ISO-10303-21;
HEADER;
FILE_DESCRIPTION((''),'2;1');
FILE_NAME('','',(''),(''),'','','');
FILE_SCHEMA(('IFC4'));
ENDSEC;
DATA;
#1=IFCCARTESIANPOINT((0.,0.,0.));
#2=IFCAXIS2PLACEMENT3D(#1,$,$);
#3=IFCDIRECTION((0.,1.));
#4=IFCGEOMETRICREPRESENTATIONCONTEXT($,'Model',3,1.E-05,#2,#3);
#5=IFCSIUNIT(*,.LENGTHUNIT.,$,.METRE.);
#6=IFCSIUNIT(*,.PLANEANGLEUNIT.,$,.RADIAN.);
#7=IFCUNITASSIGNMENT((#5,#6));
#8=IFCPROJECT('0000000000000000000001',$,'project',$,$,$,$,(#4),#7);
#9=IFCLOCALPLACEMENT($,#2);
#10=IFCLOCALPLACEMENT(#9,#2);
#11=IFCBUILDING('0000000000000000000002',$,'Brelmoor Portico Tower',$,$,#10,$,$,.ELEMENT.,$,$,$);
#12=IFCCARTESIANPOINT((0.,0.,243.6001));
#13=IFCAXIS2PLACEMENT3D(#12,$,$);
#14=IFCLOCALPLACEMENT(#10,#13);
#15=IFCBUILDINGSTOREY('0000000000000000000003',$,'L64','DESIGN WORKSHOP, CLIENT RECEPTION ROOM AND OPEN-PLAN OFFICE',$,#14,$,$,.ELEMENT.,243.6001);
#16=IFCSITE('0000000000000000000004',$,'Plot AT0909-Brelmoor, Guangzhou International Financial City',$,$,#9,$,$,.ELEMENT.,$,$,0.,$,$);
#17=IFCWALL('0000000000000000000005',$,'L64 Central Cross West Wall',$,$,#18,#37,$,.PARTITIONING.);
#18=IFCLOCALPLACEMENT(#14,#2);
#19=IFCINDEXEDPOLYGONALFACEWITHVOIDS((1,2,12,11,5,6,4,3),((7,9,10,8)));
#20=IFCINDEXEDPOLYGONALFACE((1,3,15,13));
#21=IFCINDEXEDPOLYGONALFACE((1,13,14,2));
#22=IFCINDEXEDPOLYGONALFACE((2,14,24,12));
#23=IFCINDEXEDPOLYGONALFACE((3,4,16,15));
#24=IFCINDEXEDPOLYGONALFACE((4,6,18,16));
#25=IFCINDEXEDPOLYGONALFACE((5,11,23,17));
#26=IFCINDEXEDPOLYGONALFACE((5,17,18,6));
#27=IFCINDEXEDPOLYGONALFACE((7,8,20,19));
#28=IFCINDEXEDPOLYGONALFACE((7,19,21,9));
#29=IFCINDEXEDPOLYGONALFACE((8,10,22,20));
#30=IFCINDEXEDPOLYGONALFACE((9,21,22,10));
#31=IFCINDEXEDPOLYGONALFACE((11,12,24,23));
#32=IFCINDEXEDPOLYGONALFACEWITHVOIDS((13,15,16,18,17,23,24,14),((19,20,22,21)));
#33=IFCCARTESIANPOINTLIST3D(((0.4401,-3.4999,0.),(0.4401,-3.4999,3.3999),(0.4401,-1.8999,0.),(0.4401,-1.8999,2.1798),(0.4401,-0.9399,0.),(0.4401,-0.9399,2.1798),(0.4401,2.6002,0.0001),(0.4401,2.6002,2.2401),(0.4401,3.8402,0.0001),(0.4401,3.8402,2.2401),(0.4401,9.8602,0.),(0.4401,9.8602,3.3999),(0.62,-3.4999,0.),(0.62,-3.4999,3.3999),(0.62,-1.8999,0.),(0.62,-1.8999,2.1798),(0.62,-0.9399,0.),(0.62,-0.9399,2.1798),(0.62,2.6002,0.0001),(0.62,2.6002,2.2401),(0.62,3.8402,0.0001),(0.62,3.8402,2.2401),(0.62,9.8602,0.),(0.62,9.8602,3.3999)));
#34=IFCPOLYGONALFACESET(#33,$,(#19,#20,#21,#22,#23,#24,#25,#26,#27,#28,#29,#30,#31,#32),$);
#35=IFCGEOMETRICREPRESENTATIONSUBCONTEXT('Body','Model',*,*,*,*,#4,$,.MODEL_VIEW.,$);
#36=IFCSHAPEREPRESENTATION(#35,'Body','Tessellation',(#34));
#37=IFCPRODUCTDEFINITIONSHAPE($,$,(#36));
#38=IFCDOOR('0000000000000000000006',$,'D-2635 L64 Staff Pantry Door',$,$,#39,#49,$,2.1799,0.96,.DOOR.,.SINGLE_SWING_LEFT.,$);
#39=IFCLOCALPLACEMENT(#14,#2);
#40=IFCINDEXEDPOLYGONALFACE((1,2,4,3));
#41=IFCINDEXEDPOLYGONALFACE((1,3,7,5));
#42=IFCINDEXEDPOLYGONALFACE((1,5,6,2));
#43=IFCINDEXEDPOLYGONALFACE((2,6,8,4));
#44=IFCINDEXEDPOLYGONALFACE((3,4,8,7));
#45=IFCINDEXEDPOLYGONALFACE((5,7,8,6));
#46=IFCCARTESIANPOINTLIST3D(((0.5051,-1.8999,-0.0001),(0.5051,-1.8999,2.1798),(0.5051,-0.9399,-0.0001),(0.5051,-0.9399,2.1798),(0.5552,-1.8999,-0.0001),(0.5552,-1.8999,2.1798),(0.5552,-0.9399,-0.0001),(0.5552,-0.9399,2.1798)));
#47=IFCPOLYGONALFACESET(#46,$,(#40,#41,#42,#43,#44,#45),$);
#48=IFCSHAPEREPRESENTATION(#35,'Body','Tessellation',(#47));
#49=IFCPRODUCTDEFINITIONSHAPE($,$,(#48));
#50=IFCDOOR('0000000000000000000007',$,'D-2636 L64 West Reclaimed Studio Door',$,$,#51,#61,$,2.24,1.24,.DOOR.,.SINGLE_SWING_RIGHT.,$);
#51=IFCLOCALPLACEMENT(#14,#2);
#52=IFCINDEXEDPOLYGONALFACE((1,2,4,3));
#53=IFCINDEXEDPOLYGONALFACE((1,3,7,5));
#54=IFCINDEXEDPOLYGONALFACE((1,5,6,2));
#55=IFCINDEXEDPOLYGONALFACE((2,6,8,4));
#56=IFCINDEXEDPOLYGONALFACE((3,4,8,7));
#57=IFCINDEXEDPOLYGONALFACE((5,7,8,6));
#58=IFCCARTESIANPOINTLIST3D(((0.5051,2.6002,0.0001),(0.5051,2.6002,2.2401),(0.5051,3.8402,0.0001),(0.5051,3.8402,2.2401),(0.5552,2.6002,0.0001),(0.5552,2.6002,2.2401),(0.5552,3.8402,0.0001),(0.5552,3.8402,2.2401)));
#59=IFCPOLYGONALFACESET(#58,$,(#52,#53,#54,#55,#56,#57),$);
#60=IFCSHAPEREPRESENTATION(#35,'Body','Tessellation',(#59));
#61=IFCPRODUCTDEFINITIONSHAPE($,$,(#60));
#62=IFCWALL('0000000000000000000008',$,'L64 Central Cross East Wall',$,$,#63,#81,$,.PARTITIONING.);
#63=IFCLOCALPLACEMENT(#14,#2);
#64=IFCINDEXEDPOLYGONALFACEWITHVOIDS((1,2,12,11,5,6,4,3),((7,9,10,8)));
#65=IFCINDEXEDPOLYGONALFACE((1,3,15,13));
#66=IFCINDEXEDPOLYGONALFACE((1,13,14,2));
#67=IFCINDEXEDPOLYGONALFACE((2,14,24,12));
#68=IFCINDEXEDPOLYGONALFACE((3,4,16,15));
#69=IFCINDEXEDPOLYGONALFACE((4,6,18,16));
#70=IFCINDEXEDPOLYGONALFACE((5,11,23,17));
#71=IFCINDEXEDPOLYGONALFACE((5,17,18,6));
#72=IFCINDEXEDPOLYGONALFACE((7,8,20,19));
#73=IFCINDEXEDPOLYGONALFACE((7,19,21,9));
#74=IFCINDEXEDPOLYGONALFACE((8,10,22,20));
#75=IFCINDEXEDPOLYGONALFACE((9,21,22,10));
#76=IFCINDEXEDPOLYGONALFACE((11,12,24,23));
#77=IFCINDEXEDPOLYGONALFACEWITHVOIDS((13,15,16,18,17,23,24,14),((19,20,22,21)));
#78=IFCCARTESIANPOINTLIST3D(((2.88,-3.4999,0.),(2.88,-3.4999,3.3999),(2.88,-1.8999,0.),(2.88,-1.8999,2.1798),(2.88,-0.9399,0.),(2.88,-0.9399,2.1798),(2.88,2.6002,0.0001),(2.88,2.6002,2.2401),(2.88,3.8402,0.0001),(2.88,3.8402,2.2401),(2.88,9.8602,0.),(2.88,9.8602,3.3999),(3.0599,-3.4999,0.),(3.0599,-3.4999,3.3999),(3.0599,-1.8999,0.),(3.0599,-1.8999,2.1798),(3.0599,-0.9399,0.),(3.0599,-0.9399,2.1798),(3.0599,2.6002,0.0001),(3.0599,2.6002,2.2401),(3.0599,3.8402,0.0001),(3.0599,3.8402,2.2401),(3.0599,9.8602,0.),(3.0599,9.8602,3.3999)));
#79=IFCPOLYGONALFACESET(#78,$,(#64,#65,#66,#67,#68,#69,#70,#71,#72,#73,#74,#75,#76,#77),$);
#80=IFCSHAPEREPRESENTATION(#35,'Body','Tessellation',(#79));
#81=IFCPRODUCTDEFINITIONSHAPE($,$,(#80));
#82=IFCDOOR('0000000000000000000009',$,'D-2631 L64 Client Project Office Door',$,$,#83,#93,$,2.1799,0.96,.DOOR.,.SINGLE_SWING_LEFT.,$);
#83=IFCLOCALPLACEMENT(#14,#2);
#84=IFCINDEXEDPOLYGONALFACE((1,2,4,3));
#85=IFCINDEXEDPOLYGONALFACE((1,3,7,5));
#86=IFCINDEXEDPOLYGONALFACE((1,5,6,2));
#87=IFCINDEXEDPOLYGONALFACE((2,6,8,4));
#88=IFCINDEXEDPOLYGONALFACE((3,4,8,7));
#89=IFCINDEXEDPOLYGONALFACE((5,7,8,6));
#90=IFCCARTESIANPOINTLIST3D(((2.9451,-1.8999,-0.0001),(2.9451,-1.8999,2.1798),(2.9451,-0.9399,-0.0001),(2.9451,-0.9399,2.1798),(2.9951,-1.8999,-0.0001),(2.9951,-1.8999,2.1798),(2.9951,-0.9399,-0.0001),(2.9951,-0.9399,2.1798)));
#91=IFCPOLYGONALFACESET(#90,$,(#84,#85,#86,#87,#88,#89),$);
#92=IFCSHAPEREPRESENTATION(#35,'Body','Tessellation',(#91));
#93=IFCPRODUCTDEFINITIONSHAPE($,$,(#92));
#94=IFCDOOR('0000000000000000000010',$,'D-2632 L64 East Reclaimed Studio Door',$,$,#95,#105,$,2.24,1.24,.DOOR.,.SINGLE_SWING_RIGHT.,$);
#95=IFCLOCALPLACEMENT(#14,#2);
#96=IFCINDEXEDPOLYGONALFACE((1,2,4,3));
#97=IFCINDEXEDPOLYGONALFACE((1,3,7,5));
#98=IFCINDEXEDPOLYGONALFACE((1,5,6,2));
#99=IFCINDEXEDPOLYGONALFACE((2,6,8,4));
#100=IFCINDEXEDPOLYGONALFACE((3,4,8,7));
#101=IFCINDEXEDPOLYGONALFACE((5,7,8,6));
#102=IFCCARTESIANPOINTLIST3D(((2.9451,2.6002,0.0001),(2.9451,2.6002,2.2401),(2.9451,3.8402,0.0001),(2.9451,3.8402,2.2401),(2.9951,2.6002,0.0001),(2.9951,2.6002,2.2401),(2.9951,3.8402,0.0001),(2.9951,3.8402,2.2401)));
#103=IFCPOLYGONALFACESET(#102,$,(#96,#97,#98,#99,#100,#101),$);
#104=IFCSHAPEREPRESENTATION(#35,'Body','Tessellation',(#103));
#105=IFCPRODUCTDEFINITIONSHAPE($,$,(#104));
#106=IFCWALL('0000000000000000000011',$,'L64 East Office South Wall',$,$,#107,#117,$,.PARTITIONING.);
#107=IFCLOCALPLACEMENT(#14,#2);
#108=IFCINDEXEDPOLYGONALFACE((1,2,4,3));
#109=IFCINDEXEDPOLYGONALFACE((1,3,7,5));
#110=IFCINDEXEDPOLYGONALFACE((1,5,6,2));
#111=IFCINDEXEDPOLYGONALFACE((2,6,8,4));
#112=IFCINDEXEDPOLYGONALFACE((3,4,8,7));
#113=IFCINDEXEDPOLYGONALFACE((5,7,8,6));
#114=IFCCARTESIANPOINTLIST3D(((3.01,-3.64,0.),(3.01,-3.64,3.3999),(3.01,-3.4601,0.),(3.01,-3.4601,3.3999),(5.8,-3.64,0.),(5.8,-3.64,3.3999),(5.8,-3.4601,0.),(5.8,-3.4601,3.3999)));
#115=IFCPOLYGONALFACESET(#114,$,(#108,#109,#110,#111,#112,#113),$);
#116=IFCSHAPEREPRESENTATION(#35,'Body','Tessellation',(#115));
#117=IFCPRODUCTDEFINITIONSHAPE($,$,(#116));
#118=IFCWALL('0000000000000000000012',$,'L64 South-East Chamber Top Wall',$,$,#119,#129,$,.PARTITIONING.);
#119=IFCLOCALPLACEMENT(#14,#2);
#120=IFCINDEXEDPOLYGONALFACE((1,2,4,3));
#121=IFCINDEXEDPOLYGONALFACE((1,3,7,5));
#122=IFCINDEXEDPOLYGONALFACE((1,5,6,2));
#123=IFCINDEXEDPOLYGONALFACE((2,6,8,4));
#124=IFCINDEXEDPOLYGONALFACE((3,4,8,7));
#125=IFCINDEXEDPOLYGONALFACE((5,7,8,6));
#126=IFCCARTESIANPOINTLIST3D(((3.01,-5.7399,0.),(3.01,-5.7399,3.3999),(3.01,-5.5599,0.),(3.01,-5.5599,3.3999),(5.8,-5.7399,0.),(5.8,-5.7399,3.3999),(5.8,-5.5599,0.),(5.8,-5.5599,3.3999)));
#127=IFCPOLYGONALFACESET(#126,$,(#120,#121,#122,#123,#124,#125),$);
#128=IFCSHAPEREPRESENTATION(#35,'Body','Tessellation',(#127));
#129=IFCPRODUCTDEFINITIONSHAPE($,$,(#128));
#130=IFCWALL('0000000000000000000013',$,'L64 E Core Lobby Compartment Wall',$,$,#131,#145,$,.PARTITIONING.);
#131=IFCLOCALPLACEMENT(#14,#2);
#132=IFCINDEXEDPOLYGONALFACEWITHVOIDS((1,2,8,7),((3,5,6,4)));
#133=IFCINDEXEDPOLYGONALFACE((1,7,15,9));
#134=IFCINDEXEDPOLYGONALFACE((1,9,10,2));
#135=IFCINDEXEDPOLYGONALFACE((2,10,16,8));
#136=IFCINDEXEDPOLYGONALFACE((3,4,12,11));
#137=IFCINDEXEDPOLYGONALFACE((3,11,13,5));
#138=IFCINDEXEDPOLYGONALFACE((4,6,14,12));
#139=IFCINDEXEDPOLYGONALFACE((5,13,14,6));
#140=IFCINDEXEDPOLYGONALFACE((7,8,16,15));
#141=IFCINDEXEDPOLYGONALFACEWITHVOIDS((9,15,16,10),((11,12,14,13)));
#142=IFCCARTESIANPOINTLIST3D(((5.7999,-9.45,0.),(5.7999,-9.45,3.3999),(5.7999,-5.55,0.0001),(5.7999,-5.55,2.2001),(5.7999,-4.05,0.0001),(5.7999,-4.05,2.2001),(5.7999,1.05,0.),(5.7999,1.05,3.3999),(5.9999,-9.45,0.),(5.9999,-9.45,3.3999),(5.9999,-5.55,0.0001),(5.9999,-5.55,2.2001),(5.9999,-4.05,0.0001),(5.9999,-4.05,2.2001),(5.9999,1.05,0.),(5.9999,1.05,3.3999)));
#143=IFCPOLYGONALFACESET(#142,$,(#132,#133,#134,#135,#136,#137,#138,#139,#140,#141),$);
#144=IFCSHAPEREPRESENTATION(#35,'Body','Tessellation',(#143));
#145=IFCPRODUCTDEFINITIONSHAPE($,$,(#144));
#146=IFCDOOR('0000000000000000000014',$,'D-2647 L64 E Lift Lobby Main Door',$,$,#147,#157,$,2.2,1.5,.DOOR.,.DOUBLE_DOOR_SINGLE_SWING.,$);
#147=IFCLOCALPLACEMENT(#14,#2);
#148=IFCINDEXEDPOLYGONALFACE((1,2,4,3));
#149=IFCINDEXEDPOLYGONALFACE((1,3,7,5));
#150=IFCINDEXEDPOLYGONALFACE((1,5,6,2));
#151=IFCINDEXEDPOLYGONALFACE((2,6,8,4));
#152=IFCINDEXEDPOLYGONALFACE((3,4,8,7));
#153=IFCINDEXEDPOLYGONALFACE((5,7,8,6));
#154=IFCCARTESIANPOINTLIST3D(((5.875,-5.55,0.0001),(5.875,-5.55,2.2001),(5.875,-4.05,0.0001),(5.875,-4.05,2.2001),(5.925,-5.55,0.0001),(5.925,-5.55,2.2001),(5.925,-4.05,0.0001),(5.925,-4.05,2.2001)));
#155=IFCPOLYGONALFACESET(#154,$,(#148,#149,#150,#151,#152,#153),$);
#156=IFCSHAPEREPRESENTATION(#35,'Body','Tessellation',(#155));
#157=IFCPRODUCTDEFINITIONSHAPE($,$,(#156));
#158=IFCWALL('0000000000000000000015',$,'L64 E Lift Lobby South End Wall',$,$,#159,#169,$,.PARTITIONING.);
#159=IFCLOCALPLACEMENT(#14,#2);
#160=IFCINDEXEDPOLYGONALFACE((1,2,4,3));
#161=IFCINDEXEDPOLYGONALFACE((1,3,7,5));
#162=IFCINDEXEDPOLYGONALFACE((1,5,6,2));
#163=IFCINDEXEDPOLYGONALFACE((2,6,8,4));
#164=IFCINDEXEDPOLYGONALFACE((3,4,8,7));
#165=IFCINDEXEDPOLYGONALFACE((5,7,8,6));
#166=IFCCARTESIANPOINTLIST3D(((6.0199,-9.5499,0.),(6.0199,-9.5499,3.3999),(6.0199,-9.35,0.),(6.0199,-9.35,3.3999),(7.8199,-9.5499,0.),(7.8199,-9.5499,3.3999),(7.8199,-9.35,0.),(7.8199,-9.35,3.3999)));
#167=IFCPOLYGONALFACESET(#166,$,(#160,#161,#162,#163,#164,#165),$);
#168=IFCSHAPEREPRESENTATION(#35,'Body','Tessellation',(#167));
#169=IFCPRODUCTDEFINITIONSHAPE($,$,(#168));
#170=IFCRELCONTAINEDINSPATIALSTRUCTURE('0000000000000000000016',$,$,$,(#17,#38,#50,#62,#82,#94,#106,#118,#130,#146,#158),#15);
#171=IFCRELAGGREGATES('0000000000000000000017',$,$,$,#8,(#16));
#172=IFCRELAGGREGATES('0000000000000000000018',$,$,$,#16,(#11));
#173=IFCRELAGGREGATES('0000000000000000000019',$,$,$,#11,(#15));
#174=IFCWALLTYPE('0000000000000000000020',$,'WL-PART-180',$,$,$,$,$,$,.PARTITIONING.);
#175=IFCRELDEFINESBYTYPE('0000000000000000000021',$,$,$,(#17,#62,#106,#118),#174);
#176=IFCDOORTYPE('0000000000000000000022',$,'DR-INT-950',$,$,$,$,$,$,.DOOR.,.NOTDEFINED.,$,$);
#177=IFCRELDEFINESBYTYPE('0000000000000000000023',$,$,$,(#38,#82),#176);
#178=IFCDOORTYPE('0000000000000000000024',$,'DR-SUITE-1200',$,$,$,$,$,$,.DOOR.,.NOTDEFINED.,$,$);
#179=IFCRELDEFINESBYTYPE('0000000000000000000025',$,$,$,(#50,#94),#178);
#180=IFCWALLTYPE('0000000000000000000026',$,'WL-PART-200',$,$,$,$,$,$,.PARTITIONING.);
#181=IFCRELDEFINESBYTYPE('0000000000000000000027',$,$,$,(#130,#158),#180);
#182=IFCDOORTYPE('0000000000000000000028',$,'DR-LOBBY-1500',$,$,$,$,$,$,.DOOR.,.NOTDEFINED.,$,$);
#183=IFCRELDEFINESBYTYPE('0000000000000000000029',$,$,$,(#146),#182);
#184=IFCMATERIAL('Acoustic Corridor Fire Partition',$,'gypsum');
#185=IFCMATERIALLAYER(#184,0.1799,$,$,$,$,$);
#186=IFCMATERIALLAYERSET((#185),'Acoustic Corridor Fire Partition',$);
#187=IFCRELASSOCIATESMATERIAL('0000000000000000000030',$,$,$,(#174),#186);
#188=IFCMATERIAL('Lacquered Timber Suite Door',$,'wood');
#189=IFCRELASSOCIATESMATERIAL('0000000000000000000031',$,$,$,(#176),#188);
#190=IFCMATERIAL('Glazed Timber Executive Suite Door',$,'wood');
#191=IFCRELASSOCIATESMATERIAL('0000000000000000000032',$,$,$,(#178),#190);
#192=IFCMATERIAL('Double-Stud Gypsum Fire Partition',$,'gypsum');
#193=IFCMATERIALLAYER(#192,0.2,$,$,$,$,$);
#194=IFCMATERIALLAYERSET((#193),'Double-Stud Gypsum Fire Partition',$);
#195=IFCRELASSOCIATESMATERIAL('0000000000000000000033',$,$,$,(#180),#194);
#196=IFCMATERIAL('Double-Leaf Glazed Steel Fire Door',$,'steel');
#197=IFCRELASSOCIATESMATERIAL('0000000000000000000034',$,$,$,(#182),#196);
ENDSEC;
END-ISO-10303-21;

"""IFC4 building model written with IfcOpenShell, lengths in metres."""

from ifc_helpers import new_model, si_unit, direction, frame, frame_2d, origin, place, context, subcontext, project, spatial, rectangle, extrude, material, layer, layer_set, type_object, element, fill, save


model = new_model("IFC4")

# Units and contexts
model_context = context("Model", 3, precision=1e-05, world=origin(), true_north=direction((0.0, 1.0)))
body_context = subcontext(model_context, "Body", "Model", "MODEL_VIEW")
ifc_project = project(units=[si_unit("LENGTHUNIT", "METRE"), si_unit("PLANEANGLEUNIT", "RADIAN")], contexts=[model_context])

# Site, building, storey
site_placement = place(None, origin())
site = spatial("IfcSite", under=ifc_project, at=site_placement, Name="Plot AT0909-Brelmoor, Guangzhou International Financial City", CompositionType="ELEMENT", RefElevation=0.0)
building_placement = place(site_placement, origin())
building = spatial("IfcBuilding", under=site, at=building_placement, Name="Brelmoor Portico Tower", CompositionType="ELEMENT")
storey_placement = place(building_placement, frame((0.0, 0.0, 243.6001)))
storey = spatial("IfcBuildingStorey", under=building, at=storey_placement, Name="L64", Description="DESIGN WORKSHOP, CLIENT RECEPTION ROOM AND OPEN-PLAN OFFICE", CompositionType="ELEMENT", Elevation=243.6001)

# Walls, openings, doors
ifc_material_1 = material(Name="Acoustic Corridor Fire Partition", Category="gypsum")
ifc_layer_1 = layer(ifc_material_1, 0.1799)
ifc_layer_set_1 = layer_set([ifc_layer_1], Name="Acoustic Corridor Fire Partition")
wall_type_1 = type_object("IfcWallType", Name="WL-PART-180", PredefinedType="PARTITIONING", material=ifc_layer_set_1)
wall_1_placement = place(storey_placement, frame((0.53, -3.5, 0.0), z_axis=(0.0, 0.0, 1.0), x_axis=(0.0, 1.0, 0.0)))
wall_1 = element("IfcWall", 1, at=wall_1_placement, inside=storey, type_object=wall_type_1, Name="L64 Central Cross West Wall", PredefinedType="PARTITIONING", context=body_context, shape_type="SweptSolid", body=[
    extrude(rectangle(XDim=13.3601, YDim=0.1799, at=frame_2d((6.6802, 0.0))), origin(), (0.0, 0.0, 1.0), 3.3999),
])
opening_1_placement = place(wall_1_placement, frame((6.1001, 0.0, 0.0)))
opening_1 = element("IfcOpeningElement", 2, at=opening_1_placement, cuts=wall_1, PredefinedType="OPENING", context=body_context, shape_type="SweptSolid", body=[
    extrude(rectangle(XDim=1.24, YDim=2.24, at=frame_2d((0.6201, 1.1201))), frame((0.0, 0.0999, 0.0), z_axis=(0.0, -1.0, 0.0), x_axis=(1.0, 0.0, 0.0)), (0.0, 0.0, 1.0), 0.2),
])
opening_2_placement = place(wall_1_placement, frame((1.6001, 0.0, 0.0)))
opening_2 = element("IfcOpeningElement", 3, at=opening_2_placement, cuts=wall_1, PredefinedType="OPENING", context=body_context, shape_type="SweptSolid", body=[
    extrude(rectangle(XDim=0.96, YDim=2.1799, at=frame_2d((0.48, 1.0898))), frame((0.0, 0.0999, 0.0), z_axis=(0.0, -1.0, 0.0), x_axis=(1.0, 0.0, 0.0)), (0.0, 0.0, 1.0), 0.2),
])
ifc_material_2 = material(Name="Lacquered Timber Suite Door", Category="wood")
door_type_1 = type_object("IfcDoorType", Name="DR-INT-950", OperationType="NOTDEFINED", PredefinedType="DOOR", material=ifc_material_2)
door_1_placement = place(opening_2_placement, origin())
door_1 = element("IfcDoor", 4, at=door_1_placement, inside=storey, type_object=door_type_1, Name="D-2635 L64 Staff Pantry Door", OperationType="SINGLE_SWING_LEFT", OverallHeight=2.1799, OverallWidth=0.96, PredefinedType="DOOR", context=body_context, shape_type="SweptSolid", body=[
    extrude(rectangle(XDim=0.96, YDim=2.1799, at=frame_2d((0.48, 1.0898))), frame((0.0, 0.0249, 0.0), z_axis=(0.0, -1.0, 0.0), x_axis=(1.0, 0.0, 0.0)), (0.0, 0.0, 1.0), 0.05),
])
fill(opening_2, door_1)
ifc_material_3 = material(Name="Glazed Timber Executive Suite Door", Category="wood")
door_type_2 = type_object("IfcDoorType", Name="DR-SUITE-1200", OperationType="NOTDEFINED", PredefinedType="DOOR", material=ifc_material_3)
door_2_placement = place(opening_1_placement, origin())
door_2 = element("IfcDoor", 5, at=door_2_placement, inside=storey, type_object=door_type_2, Name="D-2636 L64 West Reclaimed Studio Door", OperationType="SINGLE_SWING_RIGHT", OverallHeight=2.24, OverallWidth=1.24, PredefinedType="DOOR", context=body_context, shape_type="SweptSolid", body=[
    extrude(rectangle(XDim=1.24, YDim=2.24, at=frame_2d((0.6201, 1.1201))), frame((0.0, 0.0249, 0.0), z_axis=(0.0, -1.0, 0.0), x_axis=(1.0, 0.0, 0.0)), (0.0, 0.0, 1.0), 0.05),
])
fill(opening_1, door_2)
wall_2_placement = place(storey_placement, frame((2.97, -3.5, 0.0), z_axis=(0.0, 0.0, 1.0), x_axis=(0.0, 1.0, 0.0)))
wall_2 = element("IfcWall", 6, at=wall_2_placement, inside=storey, type_object=wall_type_1, Name="L64 Central Cross East Wall", PredefinedType="PARTITIONING", context=body_context, shape_type="SweptSolid", body=[
    extrude(rectangle(XDim=13.3601, YDim=0.1799, at=frame_2d((6.6802, 0.0))), origin(), (0.0, 0.0, 1.0), 3.3999),
])
opening_3_placement = place(wall_2_placement, frame((6.1001, 0.0, 0.0)))
opening_3 = element("IfcOpeningElement", 7, at=opening_3_placement, cuts=wall_2, PredefinedType="OPENING", context=body_context, shape_type="SweptSolid", body=[
    extrude(rectangle(XDim=1.24, YDim=2.24, at=frame_2d((0.6201, 1.1201))), frame((0.0, 0.0999, 0.0), z_axis=(0.0, -1.0, 0.0), x_axis=(1.0, 0.0, 0.0)), (0.0, 0.0, 1.0), 0.2),
])
opening_4_placement = place(wall_2_placement, frame((1.6001, 0.0, 0.0)))
opening_4 = element("IfcOpeningElement", 8, at=opening_4_placement, cuts=wall_2, PredefinedType="OPENING", context=body_context, shape_type="SweptSolid", body=[
    extrude(rectangle(XDim=0.96, YDim=2.1799, at=frame_2d((0.48, 1.0898))), frame((0.0, 0.0999, 0.0), z_axis=(0.0, -1.0, 0.0), x_axis=(1.0, 0.0, 0.0)), (0.0, 0.0, 1.0), 0.2),
])
door_3_placement = place(opening_4_placement, origin())
door_3 = element("IfcDoor", 9, at=door_3_placement, inside=storey, type_object=door_type_1, Name="D-2631 L64 Client Project Office Door", OperationType="SINGLE_SWING_LEFT", OverallHeight=2.1799, OverallWidth=0.96, PredefinedType="DOOR", context=body_context, shape_type="SweptSolid", body=[
    extrude(rectangle(XDim=0.96, YDim=2.1799, at=frame_2d((0.48, 1.0898))), frame((0.0, 0.0249, 0.0), z_axis=(0.0, -1.0, 0.0), x_axis=(1.0, 0.0, 0.0)), (0.0, 0.0, 1.0), 0.05),
])
fill(opening_4, door_3)
door_4_placement = place(opening_3_placement, origin())
door_4 = element("IfcDoor", 10, at=door_4_placement, inside=storey, type_object=door_type_2, Name="D-2632 L64 East Reclaimed Studio Door", OperationType="SINGLE_SWING_RIGHT", OverallHeight=2.24, OverallWidth=1.24, PredefinedType="DOOR", context=body_context, shape_type="SweptSolid", body=[
    extrude(rectangle(XDim=1.24, YDim=2.24, at=frame_2d((0.6201, 1.1201))), frame((0.0, 0.0249, 0.0), z_axis=(0.0, -1.0, 0.0), x_axis=(1.0, 0.0, 0.0)), (0.0, 0.0, 1.0), 0.05),
])
fill(opening_3, door_4)

# Walls
for number, where, z_axis, x_axis, name in (
    (11, (3.01, -3.55, 0.0), (0.0, 0.0, 1.0), (1.0, 0.0, 0.0), "L64 East Office South Wall"),
    (12, (3.01, -5.6499, 0.0), (0.0, 0.0, 1.0), (1.0, 0.0, 0.0), "L64 South-East Chamber Top Wall"),
):
    element("IfcWall", number, at=place(storey_placement, frame(where, z_axis=z_axis, x_axis=x_axis)), inside=storey, type_object=wall_type_1, Name=name, PredefinedType="PARTITIONING", context=body_context, shape_type="SweptSolid", body=[
        extrude(rectangle(XDim=2.79, YDim=0.1799, at=frame_2d((1.395, 0.0))), origin(), (0.0, 0.0, 1.0), 3.3999),
    ])

# Wall, opening, door
ifc_material_4 = material(Name="Double-Stud Gypsum Fire Partition", Category="gypsum")
ifc_layer_2 = layer(ifc_material_4, 0.2)
ifc_layer_set_2 = layer_set([ifc_layer_2], Name="Double-Stud Gypsum Fire Partition")
wall_type_2 = type_object("IfcWallType", Name="WL-PART-200", PredefinedType="PARTITIONING", material=ifc_layer_set_2)
wall_3_placement = place(storey_placement, frame((5.8999, -9.45, 0.0), z_axis=(0.0, 0.0, 1.0), x_axis=(0.0, 1.0, 0.0)))
wall_3 = element("IfcWall", 13, at=wall_3_placement, inside=storey, type_object=wall_type_2, Name="L64 E Core Lobby Compartment Wall", PredefinedType="PARTITIONING", context=body_context, shape_type="SweptSolid", body=[
    extrude(rectangle(XDim=10.5, YDim=0.2, at=frame_2d((5.25, 0.0))), origin(), (0.0, 0.0, 1.0), 3.3999),
])
opening_5_placement = place(wall_3_placement, frame((3.8999, 0.0, 0.0)))
opening_5 = element("IfcOpeningElement", 14, at=opening_5_placement, cuts=wall_3, PredefinedType="OPENING", context=body_context, shape_type="SweptSolid", body=[
    extrude(rectangle(XDim=1.5, YDim=2.2, at=frame_2d((0.75, 1.1001))), frame((0.0, 0.1099, 0.0), z_axis=(0.0, -1.0, 0.0), x_axis=(1.0, 0.0, 0.0)), (0.0, 0.0, 1.0), 0.22),
])
ifc_material_5 = material(Name="Double-Leaf Glazed Steel Fire Door", Category="steel")
door_type_3 = type_object("IfcDoorType", Name="DR-LOBBY-1500", OperationType="NOTDEFINED", PredefinedType="DOOR", material=ifc_material_5)
door_5_placement = place(opening_5_placement, origin())
door_5 = element("IfcDoor", 15, at=door_5_placement, inside=storey, type_object=door_type_3, Name="D-2647 L64 E Lift Lobby Main Door", OperationType="DOUBLE_DOOR_SINGLE_SWING", OverallHeight=2.2, OverallWidth=1.5, PredefinedType="DOOR", context=body_context, shape_type="SweptSolid", body=[
    extrude(rectangle(XDim=1.5, YDim=2.2, at=frame_2d((0.75, 1.1001))), frame((0.0, 0.0249, 0.0), z_axis=(0.0, -1.0, 0.0), x_axis=(1.0, 0.0, 0.0)), (0.0, 0.0, 1.0), 0.05),
])
fill(opening_5, door_5)

# Wall
wall_4_placement = place(storey_placement, frame((6.02, -9.45, 0.0), z_axis=(0.0, 0.0, 1.0), x_axis=(1.0, 0.0, 0.0)))
element("IfcWall", 16, at=wall_4_placement, inside=storey, type_object=wall_type_2, Name="L64 E Lift Lobby South End Wall", PredefinedType="PARTITIONING", context=body_context, shape_type="SweptSolid", body=[
    extrude(rectangle(XDim=1.8, YDim=0.2, at=frame_2d((0.8999, 0.0))), origin(), (0.0, 0.0, 1.0), 3.3999),
])

save(model, "model.ifc")
